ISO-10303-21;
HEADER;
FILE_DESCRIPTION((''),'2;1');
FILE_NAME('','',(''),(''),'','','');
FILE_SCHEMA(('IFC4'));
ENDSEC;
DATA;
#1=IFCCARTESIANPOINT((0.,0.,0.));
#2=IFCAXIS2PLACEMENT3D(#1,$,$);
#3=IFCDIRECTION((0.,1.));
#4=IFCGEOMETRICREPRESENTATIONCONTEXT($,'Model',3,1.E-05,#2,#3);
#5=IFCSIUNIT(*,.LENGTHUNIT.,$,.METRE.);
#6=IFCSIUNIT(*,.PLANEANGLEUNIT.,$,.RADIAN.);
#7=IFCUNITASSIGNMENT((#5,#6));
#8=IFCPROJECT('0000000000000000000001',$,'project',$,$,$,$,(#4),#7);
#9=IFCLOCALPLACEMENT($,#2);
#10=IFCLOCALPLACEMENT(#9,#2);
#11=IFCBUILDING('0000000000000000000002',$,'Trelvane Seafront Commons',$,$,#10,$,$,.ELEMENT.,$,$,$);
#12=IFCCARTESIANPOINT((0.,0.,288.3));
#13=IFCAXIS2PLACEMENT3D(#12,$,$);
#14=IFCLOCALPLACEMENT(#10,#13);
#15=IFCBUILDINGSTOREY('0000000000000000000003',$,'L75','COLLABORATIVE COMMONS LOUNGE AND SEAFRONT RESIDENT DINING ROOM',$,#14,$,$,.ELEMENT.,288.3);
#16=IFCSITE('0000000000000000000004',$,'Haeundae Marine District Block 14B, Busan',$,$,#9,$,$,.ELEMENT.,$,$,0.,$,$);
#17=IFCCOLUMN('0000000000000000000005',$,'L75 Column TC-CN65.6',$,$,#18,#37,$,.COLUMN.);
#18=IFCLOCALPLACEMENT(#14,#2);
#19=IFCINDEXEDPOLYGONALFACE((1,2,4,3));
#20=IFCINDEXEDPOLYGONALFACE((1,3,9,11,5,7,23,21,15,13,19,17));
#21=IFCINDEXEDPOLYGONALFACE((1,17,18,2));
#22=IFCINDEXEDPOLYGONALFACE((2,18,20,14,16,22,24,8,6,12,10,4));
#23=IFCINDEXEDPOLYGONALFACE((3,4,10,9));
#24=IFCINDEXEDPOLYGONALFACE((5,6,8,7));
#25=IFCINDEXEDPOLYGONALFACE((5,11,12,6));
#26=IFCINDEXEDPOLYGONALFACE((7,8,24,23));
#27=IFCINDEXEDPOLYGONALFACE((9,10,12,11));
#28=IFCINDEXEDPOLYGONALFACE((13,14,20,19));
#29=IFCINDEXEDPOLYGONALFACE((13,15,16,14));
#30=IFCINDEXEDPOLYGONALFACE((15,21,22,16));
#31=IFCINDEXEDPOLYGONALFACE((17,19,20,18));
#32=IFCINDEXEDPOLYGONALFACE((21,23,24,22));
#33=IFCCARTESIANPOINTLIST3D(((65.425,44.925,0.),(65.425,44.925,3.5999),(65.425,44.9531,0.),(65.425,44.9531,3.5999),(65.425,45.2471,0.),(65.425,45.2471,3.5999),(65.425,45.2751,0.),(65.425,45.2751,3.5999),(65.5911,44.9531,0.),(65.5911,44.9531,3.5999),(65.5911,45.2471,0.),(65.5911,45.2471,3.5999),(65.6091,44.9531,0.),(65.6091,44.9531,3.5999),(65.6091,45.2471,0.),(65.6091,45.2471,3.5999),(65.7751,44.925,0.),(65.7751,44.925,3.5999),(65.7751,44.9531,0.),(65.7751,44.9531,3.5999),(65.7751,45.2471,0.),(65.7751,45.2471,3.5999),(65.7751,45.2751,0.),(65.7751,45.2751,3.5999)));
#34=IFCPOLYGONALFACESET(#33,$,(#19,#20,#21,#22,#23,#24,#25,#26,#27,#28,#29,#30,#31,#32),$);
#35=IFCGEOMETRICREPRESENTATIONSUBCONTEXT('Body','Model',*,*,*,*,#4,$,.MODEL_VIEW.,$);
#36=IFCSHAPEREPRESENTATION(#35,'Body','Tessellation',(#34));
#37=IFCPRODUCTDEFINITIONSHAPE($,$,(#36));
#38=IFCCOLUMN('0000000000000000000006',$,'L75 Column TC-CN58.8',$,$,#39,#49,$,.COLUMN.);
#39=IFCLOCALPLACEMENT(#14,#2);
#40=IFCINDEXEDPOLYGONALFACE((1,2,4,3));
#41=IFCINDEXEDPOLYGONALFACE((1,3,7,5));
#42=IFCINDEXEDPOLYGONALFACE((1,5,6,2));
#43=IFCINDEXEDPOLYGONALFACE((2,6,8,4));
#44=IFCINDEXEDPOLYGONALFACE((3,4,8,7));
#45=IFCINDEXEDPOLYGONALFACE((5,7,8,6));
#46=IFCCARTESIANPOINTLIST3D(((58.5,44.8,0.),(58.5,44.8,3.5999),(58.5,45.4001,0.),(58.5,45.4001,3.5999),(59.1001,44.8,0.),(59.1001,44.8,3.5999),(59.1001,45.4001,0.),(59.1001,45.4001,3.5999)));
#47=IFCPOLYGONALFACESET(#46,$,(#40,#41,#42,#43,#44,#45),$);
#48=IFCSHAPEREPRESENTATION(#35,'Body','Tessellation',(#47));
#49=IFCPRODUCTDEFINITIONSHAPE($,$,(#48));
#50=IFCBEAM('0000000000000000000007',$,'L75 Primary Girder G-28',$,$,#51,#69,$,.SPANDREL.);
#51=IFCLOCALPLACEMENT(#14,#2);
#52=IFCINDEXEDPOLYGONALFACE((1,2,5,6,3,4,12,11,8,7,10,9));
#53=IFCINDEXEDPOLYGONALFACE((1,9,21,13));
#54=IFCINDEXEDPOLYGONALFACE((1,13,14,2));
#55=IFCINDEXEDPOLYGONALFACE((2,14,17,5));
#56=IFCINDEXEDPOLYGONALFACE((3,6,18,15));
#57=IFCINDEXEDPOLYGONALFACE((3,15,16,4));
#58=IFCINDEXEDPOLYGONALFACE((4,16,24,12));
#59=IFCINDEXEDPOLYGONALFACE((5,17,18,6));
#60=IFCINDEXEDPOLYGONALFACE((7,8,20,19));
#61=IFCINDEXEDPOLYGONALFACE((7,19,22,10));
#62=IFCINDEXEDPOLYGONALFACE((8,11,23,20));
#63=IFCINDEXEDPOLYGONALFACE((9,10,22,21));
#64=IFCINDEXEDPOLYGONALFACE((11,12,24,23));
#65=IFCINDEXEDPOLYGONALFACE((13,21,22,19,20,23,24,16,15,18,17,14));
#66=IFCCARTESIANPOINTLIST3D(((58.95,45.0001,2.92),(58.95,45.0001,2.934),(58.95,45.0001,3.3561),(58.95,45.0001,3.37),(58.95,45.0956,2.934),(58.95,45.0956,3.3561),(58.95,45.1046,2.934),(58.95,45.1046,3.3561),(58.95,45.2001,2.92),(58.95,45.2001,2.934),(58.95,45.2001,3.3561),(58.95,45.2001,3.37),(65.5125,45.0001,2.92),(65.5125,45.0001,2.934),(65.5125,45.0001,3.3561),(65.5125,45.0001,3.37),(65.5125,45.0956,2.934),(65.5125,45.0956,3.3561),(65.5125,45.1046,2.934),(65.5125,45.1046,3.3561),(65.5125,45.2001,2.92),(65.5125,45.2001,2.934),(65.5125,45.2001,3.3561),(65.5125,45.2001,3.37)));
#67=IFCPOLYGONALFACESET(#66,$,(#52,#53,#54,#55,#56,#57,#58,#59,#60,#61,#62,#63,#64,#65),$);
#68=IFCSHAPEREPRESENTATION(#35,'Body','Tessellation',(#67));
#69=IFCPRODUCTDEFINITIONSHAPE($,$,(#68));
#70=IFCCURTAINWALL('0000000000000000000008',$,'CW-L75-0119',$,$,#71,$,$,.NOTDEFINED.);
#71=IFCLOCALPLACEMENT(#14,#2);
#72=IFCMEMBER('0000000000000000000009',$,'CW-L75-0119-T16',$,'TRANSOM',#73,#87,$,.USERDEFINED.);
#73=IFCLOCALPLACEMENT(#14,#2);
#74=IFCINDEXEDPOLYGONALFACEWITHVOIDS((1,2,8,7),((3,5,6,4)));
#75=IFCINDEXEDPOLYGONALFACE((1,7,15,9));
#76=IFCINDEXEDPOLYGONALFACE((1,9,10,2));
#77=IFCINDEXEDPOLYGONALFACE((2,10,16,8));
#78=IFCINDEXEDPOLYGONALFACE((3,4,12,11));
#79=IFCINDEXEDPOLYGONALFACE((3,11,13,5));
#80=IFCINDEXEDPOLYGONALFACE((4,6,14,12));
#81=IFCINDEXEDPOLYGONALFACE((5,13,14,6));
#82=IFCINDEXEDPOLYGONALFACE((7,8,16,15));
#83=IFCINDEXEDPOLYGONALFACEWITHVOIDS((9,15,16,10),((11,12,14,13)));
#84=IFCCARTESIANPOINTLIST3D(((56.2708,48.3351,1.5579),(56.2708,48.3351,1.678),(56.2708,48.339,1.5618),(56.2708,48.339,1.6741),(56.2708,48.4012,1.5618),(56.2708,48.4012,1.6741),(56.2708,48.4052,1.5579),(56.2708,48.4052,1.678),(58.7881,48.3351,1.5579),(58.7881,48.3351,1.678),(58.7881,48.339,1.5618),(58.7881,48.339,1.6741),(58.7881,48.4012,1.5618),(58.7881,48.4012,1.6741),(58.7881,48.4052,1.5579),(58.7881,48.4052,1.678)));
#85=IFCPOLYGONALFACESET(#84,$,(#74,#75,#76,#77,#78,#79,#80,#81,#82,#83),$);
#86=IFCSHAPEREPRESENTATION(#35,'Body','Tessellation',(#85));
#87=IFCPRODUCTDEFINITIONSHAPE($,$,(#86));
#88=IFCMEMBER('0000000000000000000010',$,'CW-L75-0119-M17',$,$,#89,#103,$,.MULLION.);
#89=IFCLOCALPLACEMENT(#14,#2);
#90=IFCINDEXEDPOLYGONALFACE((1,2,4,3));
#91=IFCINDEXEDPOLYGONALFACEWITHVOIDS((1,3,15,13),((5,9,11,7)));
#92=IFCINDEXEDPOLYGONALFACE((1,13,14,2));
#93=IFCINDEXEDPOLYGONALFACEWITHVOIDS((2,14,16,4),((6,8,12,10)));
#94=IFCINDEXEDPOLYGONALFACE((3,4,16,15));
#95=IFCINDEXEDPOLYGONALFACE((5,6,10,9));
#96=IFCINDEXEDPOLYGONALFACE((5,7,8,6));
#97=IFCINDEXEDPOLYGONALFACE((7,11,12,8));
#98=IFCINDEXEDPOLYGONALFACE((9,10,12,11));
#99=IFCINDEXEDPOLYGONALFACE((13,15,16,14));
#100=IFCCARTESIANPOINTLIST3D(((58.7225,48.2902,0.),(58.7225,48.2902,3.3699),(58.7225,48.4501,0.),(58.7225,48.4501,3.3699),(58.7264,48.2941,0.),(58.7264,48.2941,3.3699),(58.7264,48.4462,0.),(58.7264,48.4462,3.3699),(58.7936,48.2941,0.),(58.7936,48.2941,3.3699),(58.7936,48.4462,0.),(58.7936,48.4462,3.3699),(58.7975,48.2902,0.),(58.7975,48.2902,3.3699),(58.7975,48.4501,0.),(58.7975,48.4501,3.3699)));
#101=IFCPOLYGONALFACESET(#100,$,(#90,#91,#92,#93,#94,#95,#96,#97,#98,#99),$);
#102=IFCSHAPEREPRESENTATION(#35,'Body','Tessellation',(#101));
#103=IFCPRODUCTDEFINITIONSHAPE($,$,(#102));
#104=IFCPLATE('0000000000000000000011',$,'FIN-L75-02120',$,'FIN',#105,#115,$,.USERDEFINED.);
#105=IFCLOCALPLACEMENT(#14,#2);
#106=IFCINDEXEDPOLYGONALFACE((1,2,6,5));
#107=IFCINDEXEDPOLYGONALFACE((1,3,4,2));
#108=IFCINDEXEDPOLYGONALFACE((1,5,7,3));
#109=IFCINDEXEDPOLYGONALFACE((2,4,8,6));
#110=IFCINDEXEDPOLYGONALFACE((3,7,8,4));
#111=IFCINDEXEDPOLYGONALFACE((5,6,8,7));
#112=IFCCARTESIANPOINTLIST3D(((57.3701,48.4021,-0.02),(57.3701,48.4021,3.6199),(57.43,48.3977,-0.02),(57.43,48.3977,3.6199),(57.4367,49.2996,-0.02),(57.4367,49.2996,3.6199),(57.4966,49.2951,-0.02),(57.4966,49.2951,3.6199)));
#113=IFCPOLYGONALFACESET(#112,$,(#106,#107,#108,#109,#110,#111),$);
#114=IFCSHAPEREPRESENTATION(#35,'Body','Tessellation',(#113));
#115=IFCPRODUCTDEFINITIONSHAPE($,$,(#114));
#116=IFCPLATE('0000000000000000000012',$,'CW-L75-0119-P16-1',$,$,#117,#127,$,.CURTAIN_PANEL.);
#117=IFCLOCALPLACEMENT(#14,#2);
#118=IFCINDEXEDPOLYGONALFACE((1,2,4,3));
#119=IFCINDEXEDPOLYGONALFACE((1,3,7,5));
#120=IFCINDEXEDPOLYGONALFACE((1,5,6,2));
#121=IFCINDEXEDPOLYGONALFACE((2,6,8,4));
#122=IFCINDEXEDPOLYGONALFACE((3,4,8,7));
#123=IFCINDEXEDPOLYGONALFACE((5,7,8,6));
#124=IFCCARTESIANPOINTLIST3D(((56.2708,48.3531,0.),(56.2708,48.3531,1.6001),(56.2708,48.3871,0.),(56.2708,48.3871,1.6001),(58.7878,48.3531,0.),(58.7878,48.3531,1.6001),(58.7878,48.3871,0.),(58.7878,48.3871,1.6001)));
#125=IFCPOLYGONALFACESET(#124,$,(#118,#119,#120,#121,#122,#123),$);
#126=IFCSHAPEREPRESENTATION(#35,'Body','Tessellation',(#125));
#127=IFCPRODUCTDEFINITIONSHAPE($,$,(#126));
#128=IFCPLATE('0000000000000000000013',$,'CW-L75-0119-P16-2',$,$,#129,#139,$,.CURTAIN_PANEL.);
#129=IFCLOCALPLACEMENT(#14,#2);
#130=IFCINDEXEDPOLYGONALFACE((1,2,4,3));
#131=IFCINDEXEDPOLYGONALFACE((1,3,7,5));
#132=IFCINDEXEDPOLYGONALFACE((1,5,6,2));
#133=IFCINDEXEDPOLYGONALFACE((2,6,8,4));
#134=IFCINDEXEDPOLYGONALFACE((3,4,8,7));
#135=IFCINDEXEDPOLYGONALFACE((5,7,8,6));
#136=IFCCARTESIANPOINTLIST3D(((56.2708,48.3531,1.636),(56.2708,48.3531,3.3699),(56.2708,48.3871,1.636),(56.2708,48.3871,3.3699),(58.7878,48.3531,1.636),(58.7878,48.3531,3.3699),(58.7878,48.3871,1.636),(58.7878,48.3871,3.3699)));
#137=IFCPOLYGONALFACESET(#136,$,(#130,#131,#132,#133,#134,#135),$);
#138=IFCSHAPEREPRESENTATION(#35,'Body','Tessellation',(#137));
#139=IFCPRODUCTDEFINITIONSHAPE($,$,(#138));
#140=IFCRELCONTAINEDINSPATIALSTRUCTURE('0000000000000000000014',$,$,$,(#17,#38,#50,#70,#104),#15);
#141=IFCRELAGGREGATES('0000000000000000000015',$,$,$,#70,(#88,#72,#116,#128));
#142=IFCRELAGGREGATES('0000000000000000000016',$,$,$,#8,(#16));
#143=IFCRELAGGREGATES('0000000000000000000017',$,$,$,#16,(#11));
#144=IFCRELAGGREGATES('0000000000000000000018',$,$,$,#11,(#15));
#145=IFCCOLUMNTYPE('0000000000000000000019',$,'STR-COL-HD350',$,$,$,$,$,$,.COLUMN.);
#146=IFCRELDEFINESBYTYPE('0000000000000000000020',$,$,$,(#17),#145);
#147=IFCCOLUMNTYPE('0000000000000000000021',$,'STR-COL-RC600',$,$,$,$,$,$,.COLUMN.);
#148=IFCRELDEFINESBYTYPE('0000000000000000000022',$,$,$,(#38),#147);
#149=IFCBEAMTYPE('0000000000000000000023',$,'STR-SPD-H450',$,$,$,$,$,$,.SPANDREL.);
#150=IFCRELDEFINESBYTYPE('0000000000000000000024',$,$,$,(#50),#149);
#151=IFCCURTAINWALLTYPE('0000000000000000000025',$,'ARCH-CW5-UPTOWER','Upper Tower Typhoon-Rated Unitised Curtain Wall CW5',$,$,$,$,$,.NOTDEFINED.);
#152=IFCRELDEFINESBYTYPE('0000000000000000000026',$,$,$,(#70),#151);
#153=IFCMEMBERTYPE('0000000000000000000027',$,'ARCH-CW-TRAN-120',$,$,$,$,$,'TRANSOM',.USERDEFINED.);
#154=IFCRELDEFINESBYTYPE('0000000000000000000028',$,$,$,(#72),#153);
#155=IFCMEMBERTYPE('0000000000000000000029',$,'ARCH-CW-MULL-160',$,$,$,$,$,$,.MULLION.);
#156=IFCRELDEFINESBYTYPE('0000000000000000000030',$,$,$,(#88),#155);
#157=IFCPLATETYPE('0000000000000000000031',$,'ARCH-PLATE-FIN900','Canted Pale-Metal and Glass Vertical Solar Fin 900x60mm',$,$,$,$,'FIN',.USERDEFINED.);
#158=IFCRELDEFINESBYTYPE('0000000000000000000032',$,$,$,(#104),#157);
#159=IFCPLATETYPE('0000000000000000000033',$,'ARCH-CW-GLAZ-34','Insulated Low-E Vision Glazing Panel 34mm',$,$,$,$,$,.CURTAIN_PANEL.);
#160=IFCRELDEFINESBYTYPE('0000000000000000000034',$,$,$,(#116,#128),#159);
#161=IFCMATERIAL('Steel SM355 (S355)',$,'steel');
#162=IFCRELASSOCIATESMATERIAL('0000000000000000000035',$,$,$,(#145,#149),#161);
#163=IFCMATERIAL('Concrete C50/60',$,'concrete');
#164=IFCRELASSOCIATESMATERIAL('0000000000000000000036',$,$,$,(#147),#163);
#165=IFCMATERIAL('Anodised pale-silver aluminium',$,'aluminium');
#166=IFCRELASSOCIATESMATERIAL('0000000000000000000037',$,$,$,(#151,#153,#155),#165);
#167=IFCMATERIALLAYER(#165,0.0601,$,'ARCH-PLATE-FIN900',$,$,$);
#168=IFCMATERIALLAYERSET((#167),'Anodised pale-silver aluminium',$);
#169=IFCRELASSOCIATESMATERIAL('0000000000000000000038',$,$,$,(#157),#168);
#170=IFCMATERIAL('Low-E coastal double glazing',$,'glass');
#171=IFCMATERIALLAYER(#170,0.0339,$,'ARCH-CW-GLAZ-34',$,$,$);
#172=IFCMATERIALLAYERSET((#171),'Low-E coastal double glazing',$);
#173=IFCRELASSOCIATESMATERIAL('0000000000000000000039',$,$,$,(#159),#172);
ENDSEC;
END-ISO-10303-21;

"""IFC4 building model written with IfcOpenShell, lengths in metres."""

from ifc_helpers import new_model, si_unit, direction, frame, origin, origin_2d, place, context, subcontext, project, spatial, rectangle, hollow_rectangle, i_section, extrude, source, transform, mapped, material, layer, layer_set, material_profile, profile_set, type_object, element, aggregate, save


model = new_model("IFC4")

# Units and contexts
model_context = context("Model", 3, precision=1e-05, world=origin(), true_north=direction((0.0, 1.0)))
body_context = subcontext(model_context, "Body", "Model", "MODEL_VIEW")
ifc_project = project(units=[si_unit("LENGTHUNIT", "METRE"), si_unit("PLANEANGLEUNIT", "RADIAN")], contexts=[model_context])

# Site, building, storey
site_placement = place(None, origin())
site = spatial("IfcSite", under=ifc_project, at=site_placement, Name="Haeundae Marine District Block 14B, Busan", CompositionType="ELEMENT", RefElevation=0.0)
building_placement = place(site_placement, origin())
building = spatial("IfcBuilding", under=site, at=building_placement, Name="Trelvane Seafront Commons", CompositionType="ELEMENT")
storey_placement = place(building_placement, frame((0.0, 0.0, 288.3)))
storey = spatial("IfcBuildingStorey", under=building, at=storey_placement, Name="L75", Description="COLLABORATIVE COMMONS LOUNGE AND SEAFRONT RESIDENT DINING ROOM", CompositionType="ELEMENT", Elevation=288.3)

# Columns
ifc_material_1 = material(Name="Steel SM355 (S355)", Category="steel")
ifc_material_profile_1 = material_profile(ifc_material_1, i_section(OverallWidth=0.3501, OverallDepth=0.3501, WebThickness=0.0181, FlangeThickness=0.0281, at=origin_2d()), Name="HD-350x350x18x28")
ifc_profile_set_1 = profile_set([ifc_material_profile_1], Name="Steel SM355 (S355)")
column_type_1 = type_object("IfcColumnType", Name="STR-COL-HD350", PredefinedType="COLUMN", material=ifc_profile_set_1)
shared_shape_1 = source(origin(), body_context, "Body", "SweptSolid", [
    extrude(i_section(OverallWidth=0.3501, OverallDepth=0.3501, WebThickness=0.0181, FlangeThickness=0.0281, at=origin_2d()), origin(), (0.0, 0.0, 1.0), 3.5999),
])
column_1_placement = place(storey_placement, frame((65.6001, 45.1001, 0.0), z_axis=(0.0, 0.0, 1.0), x_axis=(1.0, 0.0, 0.0)))
element("IfcColumn", 1, at=column_1_placement, inside=storey, type_object=column_type_1, Name="L75 Column TC-CN65.6", PredefinedType="COLUMN", context=body_context, shape_type="MappedRepresentation", body=[
    mapped(shared_shape_1, transform((0.0, 0.0, 0.0), x_axis=(1.0, 0.0, 0.0), y_axis=(0.0, 1.0, 0.0), z_axis=(0.0, 0.0, 1.0), scale=1.0)),
])
ifc_material_2 = material(Name="Concrete C50/60", Category="concrete")
ifc_material_profile_2 = material_profile(ifc_material_2, rectangle(XDim=0.6001, YDim=0.6001, at=origin_2d()), Name="RC-600x600")
ifc_profile_set_2 = profile_set([ifc_material_profile_2], Name="Concrete C50/60")
column_type_2 = type_object("IfcColumnType", Name="STR-COL-RC600", PredefinedType="COLUMN", material=ifc_profile_set_2)
shared_shape_2 = source(origin(), body_context, "Body", "SweptSolid", [
    extrude(rectangle(XDim=0.6001, YDim=0.6001, at=origin_2d()), origin(), (0.0, 0.0, 1.0), 3.5999),
])
column_2_placement = place(storey_placement, frame((58.8, 45.1001, 0.0), z_axis=(0.0, 0.0, 1.0), x_axis=(1.0, 0.0, 0.0)))
element("IfcColumn", 2, at=column_2_placement, inside=storey, type_object=column_type_2, Name="L75 Column TC-CN58.8", PredefinedType="COLUMN", context=body_context, shape_type="MappedRepresentation", body=[
    mapped(shared_shape_2, transform((0.0, 0.0, 0.0), x_axis=(1.0, 0.0, 0.0), y_axis=(0.0, 1.0, 0.0), z_axis=(0.0, 0.0, 1.0), scale=1.0)),
])

# Beam
ifc_material_profile_3 = material_profile(ifc_material_1, i_section(OverallWidth=0.2, OverallDepth=0.45, WebThickness=0.009, FlangeThickness=0.0139, at=origin_2d()), Name="H-450x200x9x14")
ifc_profile_set_3 = profile_set([ifc_material_profile_3], Name="Steel SM355 (S355)")
beam_type = type_object("IfcBeamType", Name="STR-SPD-H450", PredefinedType="SPANDREL", material=ifc_profile_set_3)
shared_shape_3 = source(origin(), body_context, "Body", "SweptSolid", [
    extrude(i_section(OverallWidth=0.2, OverallDepth=0.45, WebThickness=0.009, FlangeThickness=0.0139, at=origin_2d()), origin(), (0.0, 0.0, 1.0), 6.5625),
])
beam_placement = place(storey_placement, frame((58.95, 45.1001, 3.145), z_axis=(1.0, 0.0, 0.0), x_axis=(0.0, 1.0, 0.0)))
element("IfcBeam", 3, at=beam_placement, inside=storey, type_object=beam_type, Name="L75 Primary Girder G-28", PredefinedType="SPANDREL", context=body_context, shape_type="MappedRepresentation", body=[
    mapped(shared_shape_3, transform((0.0, 0.0, 0.0), x_axis=(1.0, 0.0, 0.0), y_axis=(0.0, 1.0, 0.0), z_axis=(0.0, 0.0, 1.0), scale=1.0)),
])

# Curtain wall, members
ifc_material_3 = material(Name="Anodised pale-silver aluminium", Category="aluminium")
curtain_wall_type = type_object("IfcCurtainWallType", Name="ARCH-CW5-UPTOWER", Description="Upper Tower Typhoon-Rated Unitised Curtain Wall CW5", PredefinedType="NOTDEFINED", material=ifc_material_3)
curtain_wall_placement = place(storey_placement, origin())
curtain_wall = element("IfcCurtainWall", 4, at=curtain_wall_placement, inside=storey, type_object=curtain_wall_type, Name="CW-L75-0119", PredefinedType="NOTDEFINED")
ifc_material_profile_4 = material_profile(ifc_material_3, hollow_rectangle(XDim=0.0701, YDim=0.1201, WallThickness=0.0039, at=origin_2d()), Name="TRAN-70x120x4")
ifc_profile_set_4 = profile_set([ifc_material_profile_4], Name="Anodised pale-silver aluminium")
member_type_1 = type_object("IfcMemberType", Name="ARCH-CW-TRAN-120", ElementType="TRANSOM", PredefinedType="USERDEFINED", material=ifc_profile_set_4)
shared_shape_4 = source(origin(), body_context, "Body", "SweptSolid", [
    extrude(hollow_rectangle(XDim=0.0701, YDim=0.1201, WallThickness=0.0039, at=origin_2d()), origin(), (0.0, 0.0, 1.0), 2.5173),
])
member_1_placement = place(storey_placement, frame((56.2708, 48.3701, 1.6179), z_axis=(1.0, 0.0, 0.0), x_axis=(0.0, 1.0, 0.0)))
member_1 = element("IfcMember", 5, at=member_1_placement, type_object=member_type_1, Name="CW-L75-0119-T16", ObjectType="TRANSOM", PredefinedType="USERDEFINED", context=body_context, shape_type="MappedRepresentation", body=[
    mapped(shared_shape_4, transform((0.0, 0.0, 0.0), x_axis=(1.0, 0.0, 0.0), y_axis=(0.0, 1.0, 0.0), z_axis=(0.0, 0.0, 1.0), scale=1.0)),
])
ifc_material_profile_5 = material_profile(ifc_material_3, hollow_rectangle(XDim=0.075, YDim=0.1599, WallThickness=0.0039, at=origin_2d()), Name="MULL-75x160x4")
ifc_profile_set_5 = profile_set([ifc_material_profile_5], Name="Anodised pale-silver aluminium")
member_type_2 = type_object("IfcMemberType", Name="ARCH-CW-MULL-160", PredefinedType="MULLION", material=ifc_profile_set_5)
shared_shape_5 = source(origin(), body_context, "Body", "SweptSolid", [
    extrude(hollow_rectangle(XDim=0.075, YDim=0.1599, WallThickness=0.0039, at=origin_2d()), origin(), (0.0, 0.0, 1.0), 3.3699),
])
member_2_placement = place(storey_placement, frame((58.76, 48.3701, 0.0), z_axis=(0.0, 0.0, 1.0), x_axis=(1.0, 0.0, 0.0)))
member_2 = element("IfcMember", 6, at=member_2_placement, type_object=member_type_2, Name="CW-L75-0119-M17", PredefinedType="MULLION", context=body_context, shape_type="MappedRepresentation", body=[
    mapped(shared_shape_5, transform((0.0, 0.0, 0.0), x_axis=(1.0, 0.0, 0.0), y_axis=(0.0, 1.0, 0.0), z_axis=(0.0, 0.0, 1.0), scale=1.0)),
])

# Plates
ifc_layer_1 = layer(ifc_material_3, 0.0601, Name="ARCH-PLATE-FIN900")
ifc_layer_set_1 = layer_set([ifc_layer_1], Name="Anodised pale-silver aluminium")
plate_type_1 = type_object("IfcPlateType", Name="ARCH-PLATE-FIN900", Description="Canted Pale-Metal and Glass Vertical Solar Fin 900x60mm", ElementType="FIN", PredefinedType="USERDEFINED", material=ifc_layer_set_1)
shared_shape_6 = source(origin(), body_context, "Body", "SweptSolid", [
    extrude(rectangle(XDim=0.8999, YDim=0.0601, at=origin_2d()), origin(), (0.0, 0.0, 1.0), 3.6399),
])
plate_1_placement = place(storey_placement, frame((57.4333, 48.8486, -0.02), z_axis=(0.0, 0.0, 1.0), x_axis=(0.074002, 0.997258, 0.0)))
element("IfcPlate", 7, at=plate_1_placement, inside=storey, type_object=plate_type_1, Name="FIN-L75-02120", ObjectType="FIN", PredefinedType="USERDEFINED", context=body_context, shape_type="MappedRepresentation", body=[
    mapped(shared_shape_6, transform((0.0, 0.0, 0.0), x_axis=(1.0, 0.0, 0.0), y_axis=(0.0, 1.0, 0.0), z_axis=(0.0, 0.0, 1.0), scale=1.0)),
])
ifc_material_4 = material(Name="Low-E coastal double glazing", Category="glass")
ifc_layer_2 = layer(ifc_material_4, 0.0339, Name="ARCH-CW-GLAZ-34")
ifc_layer_set_2 = layer_set([ifc_layer_2], Name="Low-E coastal double glazing")
plate_type_2 = type_object("IfcPlateType", Name="ARCH-CW-GLAZ-34", Description="Insulated Low-E Vision Glazing Panel 34mm", PredefinedType="CURTAIN_PANEL", material=ifc_layer_set_2)
shared_shape_7 = source(origin(), body_context, "Body", "SweptSolid", [
    extrude(rectangle(XDim=2.5171, YDim=0.0339, at=origin_2d()), origin(), (0.0, 0.0, 1.0), 1.6001),
])
plate_2_placement = place(storey_placement, frame((57.5293, 48.3701, 0.0), z_axis=(0.0, 0.0, 1.0), x_axis=(1.0, 0.0, 0.0)))
plate_2 = element("IfcPlate", 8, at=plate_2_placement, type_object=plate_type_2, Name="CW-L75-0119-P16-1", PredefinedType="CURTAIN_PANEL", context=body_context, shape_type="MappedRepresentation", body=[
    mapped(shared_shape_7, transform((0.0, 0.0, 0.0), x_axis=(1.0, 0.0, 0.0), y_axis=(0.0, 1.0, 0.0), z_axis=(0.0, 0.0, 1.0), scale=1.0)),
])
shared_shape_8 = source(origin(), body_context, "Body", "SweptSolid", [
    extrude(rectangle(XDim=2.5171, YDim=0.0339, at=origin_2d()), origin(), (0.0, 0.0, 1.0), 1.7339),
])
plate_3_placement = place(storey_placement, frame((57.5293, 48.3701, 1.636), z_axis=(0.0, 0.0, 1.0), x_axis=(1.0, 0.0, 0.0)))
plate_3 = element("IfcPlate", 9, at=plate_3_placement, type_object=plate_type_2, Name="CW-L75-0119-P16-2", PredefinedType="CURTAIN_PANEL", context=body_context, shape_type="MappedRepresentation", body=[
    mapped(shared_shape_8, transform((0.0, 0.0, 0.0), x_axis=(1.0, 0.0, 0.0), y_axis=(0.0, 1.0, 0.0), z_axis=(0.0, 0.0, 1.0), scale=1.0)),
])
aggregate(curtain_wall, [member_2, member_1, plate_2, plate_3])

save(model, "model.ifc")
